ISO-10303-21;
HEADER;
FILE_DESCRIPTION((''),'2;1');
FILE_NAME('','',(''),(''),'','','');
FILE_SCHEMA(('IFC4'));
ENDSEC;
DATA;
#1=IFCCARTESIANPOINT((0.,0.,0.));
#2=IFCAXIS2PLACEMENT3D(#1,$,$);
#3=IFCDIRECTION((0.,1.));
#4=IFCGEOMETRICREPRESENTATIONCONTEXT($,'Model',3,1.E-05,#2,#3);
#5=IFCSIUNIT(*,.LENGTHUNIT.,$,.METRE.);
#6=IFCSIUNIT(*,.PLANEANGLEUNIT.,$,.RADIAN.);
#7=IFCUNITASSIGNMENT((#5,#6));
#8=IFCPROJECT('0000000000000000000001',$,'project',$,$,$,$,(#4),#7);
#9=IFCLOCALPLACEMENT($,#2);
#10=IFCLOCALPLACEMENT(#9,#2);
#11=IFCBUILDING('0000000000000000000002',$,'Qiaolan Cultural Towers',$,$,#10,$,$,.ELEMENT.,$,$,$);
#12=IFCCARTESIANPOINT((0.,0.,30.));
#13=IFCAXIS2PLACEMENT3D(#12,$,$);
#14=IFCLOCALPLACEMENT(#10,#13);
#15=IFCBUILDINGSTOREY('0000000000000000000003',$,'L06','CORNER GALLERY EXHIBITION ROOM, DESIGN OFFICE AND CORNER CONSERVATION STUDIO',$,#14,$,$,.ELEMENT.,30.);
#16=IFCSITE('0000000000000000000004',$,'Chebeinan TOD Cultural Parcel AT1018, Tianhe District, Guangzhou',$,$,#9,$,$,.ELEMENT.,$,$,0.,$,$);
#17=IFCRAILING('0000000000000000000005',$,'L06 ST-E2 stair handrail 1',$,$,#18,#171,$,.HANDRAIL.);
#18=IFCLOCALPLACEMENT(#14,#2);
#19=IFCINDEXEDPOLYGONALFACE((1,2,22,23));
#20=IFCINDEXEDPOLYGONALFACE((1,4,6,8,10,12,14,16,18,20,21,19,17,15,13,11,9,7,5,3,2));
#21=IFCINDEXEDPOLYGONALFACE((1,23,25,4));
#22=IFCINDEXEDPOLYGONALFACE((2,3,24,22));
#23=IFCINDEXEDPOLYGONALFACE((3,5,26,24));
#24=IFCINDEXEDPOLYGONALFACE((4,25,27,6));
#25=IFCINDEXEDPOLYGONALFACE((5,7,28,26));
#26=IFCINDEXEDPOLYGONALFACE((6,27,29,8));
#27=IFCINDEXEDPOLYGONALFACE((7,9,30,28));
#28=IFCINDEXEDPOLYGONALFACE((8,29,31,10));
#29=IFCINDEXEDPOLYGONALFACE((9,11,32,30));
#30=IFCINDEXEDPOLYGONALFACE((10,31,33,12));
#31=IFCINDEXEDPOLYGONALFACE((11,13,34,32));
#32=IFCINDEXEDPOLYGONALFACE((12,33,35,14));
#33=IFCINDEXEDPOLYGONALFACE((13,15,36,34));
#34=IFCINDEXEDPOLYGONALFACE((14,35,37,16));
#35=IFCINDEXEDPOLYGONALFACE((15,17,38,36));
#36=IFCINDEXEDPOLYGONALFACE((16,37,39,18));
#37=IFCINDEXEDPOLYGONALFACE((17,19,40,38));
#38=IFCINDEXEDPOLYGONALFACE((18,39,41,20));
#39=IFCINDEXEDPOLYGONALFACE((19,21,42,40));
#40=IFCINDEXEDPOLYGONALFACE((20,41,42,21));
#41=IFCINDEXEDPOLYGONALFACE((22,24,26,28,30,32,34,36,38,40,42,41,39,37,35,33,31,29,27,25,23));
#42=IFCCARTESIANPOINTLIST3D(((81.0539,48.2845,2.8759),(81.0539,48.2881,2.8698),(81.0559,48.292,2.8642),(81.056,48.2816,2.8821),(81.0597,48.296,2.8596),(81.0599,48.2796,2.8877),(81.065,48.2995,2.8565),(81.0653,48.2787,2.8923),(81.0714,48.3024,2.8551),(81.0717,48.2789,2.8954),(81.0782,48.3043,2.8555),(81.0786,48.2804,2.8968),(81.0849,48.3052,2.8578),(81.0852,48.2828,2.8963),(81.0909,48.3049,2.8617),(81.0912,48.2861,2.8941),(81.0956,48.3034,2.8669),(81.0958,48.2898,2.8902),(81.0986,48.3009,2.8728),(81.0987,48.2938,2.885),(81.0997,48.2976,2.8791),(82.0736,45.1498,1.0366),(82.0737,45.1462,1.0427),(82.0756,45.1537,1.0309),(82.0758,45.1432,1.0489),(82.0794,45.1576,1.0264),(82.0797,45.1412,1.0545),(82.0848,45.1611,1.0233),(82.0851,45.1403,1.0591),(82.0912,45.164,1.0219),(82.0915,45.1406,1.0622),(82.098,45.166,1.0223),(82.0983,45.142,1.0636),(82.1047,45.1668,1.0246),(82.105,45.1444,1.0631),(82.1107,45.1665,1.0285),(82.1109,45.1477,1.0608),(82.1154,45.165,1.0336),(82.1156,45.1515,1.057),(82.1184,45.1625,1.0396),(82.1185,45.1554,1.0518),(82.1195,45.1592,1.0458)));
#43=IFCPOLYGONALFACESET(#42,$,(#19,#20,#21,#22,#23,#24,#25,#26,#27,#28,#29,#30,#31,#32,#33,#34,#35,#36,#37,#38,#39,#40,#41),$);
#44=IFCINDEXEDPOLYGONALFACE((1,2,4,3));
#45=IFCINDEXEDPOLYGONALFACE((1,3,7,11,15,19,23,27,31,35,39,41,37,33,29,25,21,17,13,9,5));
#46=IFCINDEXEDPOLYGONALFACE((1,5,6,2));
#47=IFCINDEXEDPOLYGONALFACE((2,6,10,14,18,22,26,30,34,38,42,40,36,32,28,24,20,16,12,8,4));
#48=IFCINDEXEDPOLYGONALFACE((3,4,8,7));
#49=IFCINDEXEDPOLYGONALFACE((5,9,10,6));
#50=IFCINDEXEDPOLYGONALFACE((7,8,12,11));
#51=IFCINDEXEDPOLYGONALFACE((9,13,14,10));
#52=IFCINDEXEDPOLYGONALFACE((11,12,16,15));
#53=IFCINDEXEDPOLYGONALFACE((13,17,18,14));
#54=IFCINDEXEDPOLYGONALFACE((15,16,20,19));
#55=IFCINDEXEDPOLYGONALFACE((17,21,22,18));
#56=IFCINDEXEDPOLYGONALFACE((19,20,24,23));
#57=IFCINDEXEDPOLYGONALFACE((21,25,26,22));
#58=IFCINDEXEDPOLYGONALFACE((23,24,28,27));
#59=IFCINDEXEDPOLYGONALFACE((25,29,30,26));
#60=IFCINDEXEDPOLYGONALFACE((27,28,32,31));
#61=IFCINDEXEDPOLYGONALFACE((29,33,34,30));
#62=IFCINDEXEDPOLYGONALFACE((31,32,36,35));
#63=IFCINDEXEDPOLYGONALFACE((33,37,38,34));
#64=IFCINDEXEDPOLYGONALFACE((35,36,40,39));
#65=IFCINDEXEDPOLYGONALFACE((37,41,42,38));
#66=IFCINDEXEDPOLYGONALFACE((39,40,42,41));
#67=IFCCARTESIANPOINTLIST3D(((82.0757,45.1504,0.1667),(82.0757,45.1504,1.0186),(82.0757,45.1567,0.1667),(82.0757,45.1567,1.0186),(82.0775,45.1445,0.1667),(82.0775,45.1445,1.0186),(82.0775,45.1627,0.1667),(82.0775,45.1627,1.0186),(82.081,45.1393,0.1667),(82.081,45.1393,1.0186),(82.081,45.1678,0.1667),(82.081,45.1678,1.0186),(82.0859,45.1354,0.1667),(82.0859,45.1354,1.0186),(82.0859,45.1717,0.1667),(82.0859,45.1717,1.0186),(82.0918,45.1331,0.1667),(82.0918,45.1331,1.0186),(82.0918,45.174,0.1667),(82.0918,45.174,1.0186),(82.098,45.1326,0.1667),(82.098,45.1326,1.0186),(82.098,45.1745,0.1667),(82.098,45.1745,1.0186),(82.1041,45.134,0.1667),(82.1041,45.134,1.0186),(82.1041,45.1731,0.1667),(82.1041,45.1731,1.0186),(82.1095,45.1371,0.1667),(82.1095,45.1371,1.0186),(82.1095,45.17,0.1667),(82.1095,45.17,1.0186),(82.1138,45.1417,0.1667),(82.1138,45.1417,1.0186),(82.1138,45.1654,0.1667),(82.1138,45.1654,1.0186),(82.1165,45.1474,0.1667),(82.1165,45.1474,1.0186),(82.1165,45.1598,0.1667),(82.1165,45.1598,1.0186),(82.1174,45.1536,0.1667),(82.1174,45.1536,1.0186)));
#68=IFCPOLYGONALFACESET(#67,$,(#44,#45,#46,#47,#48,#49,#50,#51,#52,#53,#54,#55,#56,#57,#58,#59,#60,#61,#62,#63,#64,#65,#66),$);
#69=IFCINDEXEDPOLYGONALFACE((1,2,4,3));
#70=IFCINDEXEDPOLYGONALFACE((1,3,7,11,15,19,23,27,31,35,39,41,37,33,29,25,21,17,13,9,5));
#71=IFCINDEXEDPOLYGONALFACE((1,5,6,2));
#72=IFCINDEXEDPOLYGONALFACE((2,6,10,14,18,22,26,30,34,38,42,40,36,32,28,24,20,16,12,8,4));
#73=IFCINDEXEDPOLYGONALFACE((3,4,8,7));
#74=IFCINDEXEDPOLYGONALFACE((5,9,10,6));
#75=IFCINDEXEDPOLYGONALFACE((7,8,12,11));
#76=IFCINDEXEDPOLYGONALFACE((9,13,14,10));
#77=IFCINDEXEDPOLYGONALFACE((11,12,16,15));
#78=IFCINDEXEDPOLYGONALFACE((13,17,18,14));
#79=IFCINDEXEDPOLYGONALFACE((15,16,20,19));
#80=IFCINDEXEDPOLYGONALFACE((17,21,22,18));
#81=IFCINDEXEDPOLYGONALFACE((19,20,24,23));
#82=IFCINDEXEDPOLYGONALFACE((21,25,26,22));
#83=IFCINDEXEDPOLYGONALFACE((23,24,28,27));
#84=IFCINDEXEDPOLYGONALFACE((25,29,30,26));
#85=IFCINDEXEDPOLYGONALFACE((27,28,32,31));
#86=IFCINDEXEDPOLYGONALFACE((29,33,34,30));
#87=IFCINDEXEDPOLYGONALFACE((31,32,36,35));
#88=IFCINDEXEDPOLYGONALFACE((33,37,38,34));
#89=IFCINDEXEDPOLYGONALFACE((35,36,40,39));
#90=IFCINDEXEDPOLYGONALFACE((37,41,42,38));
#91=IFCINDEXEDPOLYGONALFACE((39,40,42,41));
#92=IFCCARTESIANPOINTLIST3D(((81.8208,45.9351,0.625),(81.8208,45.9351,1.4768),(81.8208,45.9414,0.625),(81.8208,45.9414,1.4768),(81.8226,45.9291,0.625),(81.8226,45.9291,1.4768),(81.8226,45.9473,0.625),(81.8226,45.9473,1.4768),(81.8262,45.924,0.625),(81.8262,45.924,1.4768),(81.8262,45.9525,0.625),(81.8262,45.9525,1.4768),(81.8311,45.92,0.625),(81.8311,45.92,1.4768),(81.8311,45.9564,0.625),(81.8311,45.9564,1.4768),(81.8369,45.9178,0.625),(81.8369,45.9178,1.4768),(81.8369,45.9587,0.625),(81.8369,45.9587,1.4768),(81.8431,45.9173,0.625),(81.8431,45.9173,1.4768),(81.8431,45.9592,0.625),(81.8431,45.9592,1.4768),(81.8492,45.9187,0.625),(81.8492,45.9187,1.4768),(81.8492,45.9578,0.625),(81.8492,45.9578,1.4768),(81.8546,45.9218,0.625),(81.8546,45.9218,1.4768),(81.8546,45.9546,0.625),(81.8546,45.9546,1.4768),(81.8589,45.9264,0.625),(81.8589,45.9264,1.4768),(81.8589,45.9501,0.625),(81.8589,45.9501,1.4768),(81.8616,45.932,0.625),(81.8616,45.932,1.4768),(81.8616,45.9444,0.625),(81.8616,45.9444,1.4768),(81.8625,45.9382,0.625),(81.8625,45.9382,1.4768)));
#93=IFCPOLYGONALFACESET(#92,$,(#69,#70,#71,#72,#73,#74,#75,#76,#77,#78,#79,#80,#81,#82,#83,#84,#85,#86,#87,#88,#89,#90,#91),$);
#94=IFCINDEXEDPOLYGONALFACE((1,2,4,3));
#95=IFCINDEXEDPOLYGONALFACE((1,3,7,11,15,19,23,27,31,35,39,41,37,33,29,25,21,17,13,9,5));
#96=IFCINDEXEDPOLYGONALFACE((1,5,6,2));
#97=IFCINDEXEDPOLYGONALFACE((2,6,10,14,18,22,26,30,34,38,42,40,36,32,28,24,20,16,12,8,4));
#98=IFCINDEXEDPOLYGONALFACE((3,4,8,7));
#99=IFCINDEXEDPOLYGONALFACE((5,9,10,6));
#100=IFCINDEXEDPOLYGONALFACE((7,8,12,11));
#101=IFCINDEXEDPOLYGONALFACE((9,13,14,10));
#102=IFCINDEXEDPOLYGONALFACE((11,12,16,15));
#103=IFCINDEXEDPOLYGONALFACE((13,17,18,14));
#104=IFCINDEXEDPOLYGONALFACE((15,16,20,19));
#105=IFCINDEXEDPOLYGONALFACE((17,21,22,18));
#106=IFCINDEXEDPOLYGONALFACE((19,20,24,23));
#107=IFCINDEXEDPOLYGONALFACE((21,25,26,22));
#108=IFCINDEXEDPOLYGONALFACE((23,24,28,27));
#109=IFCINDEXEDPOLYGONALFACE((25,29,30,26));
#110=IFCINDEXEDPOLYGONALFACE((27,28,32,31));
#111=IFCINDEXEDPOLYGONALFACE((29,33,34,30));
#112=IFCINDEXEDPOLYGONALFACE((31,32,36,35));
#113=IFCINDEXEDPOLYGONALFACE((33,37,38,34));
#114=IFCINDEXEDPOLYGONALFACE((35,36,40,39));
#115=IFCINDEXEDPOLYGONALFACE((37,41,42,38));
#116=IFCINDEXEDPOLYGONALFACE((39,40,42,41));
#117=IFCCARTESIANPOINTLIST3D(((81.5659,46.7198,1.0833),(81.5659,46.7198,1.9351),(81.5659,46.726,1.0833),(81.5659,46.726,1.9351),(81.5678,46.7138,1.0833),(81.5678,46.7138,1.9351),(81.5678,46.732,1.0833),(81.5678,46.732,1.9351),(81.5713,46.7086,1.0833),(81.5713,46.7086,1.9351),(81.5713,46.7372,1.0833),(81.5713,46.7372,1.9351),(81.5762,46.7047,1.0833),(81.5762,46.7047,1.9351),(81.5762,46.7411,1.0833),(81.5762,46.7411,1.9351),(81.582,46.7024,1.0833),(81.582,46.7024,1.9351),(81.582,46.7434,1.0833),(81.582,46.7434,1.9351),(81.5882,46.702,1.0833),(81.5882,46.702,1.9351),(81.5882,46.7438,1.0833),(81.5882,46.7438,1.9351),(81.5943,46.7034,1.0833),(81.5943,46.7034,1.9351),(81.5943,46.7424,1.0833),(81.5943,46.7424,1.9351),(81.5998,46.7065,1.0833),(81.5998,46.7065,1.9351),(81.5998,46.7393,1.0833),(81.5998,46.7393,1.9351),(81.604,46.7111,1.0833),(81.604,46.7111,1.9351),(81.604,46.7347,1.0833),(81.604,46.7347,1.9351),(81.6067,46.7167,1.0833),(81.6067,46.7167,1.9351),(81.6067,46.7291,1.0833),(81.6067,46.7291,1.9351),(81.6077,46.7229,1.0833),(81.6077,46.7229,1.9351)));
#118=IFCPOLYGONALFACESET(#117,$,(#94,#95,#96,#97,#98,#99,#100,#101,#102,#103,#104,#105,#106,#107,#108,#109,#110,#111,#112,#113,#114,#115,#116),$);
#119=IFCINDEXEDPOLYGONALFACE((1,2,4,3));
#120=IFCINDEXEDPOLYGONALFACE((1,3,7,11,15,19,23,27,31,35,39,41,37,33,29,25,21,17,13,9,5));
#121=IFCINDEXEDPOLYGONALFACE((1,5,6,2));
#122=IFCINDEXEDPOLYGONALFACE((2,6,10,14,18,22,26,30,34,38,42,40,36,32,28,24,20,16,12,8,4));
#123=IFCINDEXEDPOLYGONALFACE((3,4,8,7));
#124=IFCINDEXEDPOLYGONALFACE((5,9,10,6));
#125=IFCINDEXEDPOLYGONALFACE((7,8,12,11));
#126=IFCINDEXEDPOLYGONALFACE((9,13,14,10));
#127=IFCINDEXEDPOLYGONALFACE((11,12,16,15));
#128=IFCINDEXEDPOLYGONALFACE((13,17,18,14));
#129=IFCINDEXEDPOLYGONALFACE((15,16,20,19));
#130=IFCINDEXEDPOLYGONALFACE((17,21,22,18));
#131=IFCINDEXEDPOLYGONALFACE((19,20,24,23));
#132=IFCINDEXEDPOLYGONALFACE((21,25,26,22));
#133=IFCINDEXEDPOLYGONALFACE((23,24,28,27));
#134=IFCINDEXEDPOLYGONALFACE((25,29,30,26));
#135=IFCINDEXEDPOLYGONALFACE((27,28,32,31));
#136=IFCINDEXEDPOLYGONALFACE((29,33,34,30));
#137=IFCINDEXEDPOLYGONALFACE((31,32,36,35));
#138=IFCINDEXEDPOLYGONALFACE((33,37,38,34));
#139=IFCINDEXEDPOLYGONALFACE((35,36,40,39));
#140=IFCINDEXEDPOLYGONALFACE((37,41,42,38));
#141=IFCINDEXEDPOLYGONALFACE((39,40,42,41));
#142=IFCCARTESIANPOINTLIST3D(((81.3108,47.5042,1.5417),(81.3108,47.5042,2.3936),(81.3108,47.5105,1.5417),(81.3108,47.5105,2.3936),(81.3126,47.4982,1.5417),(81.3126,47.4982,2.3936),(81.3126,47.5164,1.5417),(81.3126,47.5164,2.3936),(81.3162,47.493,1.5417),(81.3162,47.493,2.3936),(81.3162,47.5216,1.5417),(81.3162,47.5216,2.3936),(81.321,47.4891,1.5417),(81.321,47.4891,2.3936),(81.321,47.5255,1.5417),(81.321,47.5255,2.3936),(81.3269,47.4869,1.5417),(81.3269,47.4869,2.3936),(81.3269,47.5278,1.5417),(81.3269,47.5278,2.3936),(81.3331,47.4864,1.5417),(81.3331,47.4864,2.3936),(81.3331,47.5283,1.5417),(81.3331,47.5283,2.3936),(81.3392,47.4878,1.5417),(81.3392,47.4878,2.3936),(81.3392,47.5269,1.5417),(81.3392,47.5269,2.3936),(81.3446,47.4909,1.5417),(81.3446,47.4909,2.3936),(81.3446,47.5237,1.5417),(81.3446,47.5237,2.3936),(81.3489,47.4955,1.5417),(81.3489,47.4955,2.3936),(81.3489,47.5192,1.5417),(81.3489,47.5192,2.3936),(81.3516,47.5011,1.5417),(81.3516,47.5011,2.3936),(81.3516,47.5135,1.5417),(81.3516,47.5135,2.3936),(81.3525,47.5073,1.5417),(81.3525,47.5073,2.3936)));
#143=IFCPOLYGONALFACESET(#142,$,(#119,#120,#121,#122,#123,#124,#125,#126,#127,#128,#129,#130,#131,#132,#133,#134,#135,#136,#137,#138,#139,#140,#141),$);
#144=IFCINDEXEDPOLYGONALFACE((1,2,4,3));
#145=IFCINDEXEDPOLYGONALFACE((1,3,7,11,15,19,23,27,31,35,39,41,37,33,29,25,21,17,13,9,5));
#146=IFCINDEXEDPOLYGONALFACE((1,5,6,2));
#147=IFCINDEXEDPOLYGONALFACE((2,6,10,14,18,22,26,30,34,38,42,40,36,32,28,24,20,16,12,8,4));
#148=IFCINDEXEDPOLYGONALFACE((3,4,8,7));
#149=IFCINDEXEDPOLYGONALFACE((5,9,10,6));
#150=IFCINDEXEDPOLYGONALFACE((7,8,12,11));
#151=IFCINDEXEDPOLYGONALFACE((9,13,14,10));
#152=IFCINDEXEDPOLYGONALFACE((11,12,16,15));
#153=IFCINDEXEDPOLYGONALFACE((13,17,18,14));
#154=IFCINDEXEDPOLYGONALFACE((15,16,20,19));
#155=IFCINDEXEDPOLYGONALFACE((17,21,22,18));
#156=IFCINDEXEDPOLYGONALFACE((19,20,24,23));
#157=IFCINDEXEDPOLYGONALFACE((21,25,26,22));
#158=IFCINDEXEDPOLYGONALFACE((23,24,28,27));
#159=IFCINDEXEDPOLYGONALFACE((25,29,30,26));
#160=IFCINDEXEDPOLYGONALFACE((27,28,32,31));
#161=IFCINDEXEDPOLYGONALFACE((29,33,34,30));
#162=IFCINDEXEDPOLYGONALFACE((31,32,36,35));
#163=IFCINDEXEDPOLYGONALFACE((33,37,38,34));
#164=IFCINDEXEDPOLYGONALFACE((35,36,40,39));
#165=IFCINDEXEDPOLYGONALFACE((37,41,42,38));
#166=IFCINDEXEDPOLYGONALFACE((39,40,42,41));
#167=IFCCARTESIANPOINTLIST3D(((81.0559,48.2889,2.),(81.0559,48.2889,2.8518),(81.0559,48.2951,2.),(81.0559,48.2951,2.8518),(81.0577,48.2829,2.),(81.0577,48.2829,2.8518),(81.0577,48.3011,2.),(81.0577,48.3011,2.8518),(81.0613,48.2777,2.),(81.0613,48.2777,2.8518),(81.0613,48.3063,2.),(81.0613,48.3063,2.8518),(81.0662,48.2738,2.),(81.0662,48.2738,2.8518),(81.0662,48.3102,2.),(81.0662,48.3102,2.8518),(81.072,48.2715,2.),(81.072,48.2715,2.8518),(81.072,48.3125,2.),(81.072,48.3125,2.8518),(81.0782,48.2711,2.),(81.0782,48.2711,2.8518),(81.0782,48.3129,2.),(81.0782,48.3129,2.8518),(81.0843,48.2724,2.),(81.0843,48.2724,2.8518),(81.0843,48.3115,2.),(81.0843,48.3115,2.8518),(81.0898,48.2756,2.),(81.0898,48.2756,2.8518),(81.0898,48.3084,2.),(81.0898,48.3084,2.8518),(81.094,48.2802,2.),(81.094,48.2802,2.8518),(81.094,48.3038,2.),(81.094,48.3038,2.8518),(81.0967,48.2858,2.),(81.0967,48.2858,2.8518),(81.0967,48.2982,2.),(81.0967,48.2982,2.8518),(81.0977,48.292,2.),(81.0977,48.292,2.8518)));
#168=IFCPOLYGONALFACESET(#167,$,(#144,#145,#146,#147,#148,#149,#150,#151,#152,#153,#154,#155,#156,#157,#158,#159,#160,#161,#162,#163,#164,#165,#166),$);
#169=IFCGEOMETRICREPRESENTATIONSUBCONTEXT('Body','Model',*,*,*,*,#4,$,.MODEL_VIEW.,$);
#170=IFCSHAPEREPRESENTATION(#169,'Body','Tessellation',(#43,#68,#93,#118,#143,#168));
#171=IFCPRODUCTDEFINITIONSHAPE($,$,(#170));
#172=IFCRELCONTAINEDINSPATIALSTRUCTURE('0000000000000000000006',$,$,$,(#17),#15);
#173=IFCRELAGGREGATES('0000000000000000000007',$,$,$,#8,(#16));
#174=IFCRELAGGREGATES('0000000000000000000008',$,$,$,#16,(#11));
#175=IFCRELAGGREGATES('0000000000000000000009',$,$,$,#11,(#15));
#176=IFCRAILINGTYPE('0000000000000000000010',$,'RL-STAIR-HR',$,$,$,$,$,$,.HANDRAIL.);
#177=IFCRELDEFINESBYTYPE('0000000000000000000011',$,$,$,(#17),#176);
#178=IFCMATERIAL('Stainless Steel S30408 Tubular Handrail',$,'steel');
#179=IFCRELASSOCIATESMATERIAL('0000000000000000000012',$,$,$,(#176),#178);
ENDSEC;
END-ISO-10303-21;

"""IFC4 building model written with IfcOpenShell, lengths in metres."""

from ifc_helpers import new_model, si_unit, direction, frame, origin, origin_2d, place, context, subcontext, project, spatial, circle, extrude, material, type_object, element, save


model = new_model("IFC4")

# Units and contexts
model_context = context("Model", 3, precision=1e-05, world=origin(), true_north=direction((0.0, 1.0)))
body_context = subcontext(model_context, "Body", "Model", "MODEL_VIEW")
ifc_project = project(units=[si_unit("LENGTHUNIT", "METRE"), si_unit("PLANEANGLEUNIT", "RADIAN")], contexts=[model_context])

# Site, building, storey
site_placement = place(None, origin())
site = spatial("IfcSite", under=ifc_project, at=site_placement, Name="Chebeinan TOD Cultural Parcel AT1018, Tianhe District, Guangzhou", CompositionType="ELEMENT", RefElevation=0.0)
building_placement = place(site_placement, origin())
building = spatial("IfcBuilding", under=site, at=building_placement, Name="Qiaolan Cultural Towers", CompositionType="ELEMENT")
storey_placement = place(building_placement, frame((0.0, 0.0, 30.0)))
storey = spatial("IfcBuildingStorey", under=building, at=storey_placement, Name="L06", Description="CORNER GALLERY EXHIBITION ROOM, DESIGN OFFICE AND CORNER CONSERVATION STUDIO", CompositionType="ELEMENT", Elevation=30.0)

# Railing
ifc_material_1 = material(Name="Stainless Steel S30408 Tubular Handrail", Category="steel")
railing_type_1 = type_object("IfcRailingType", Name="RL-STAIR-HR", PredefinedType="HANDRAIL", material=ifc_material_1)
railing_1_placement = place(storey_placement, frame((82.0964, 45.1536, 0.1667)))
element("IfcRailing", 1, at=railing_1_placement, inside=storey, type_object=railing_type_1, Name="L06 ST-E2 stair handrail 1", PredefinedType="HANDRAIL", context=body_context, shape_type="SweptSolid", body=[
    extrude(circle(Radius=0.0239, at=origin_2d()), frame((0.0, 0.0, 0.876), z_axis=(-0.270141, 0.831376, 0.485632), x_axis=(-0.951053, -0.309028, 0.0)), (0.0, 0.0, 1.0), 3.7749),
    extrude(circle(Radius=0.021, at=origin_2d()), origin(), (0.0, 0.0, 1.0), 0.8518),
    extrude(circle(Radius=0.021, at=origin_2d()), frame((-0.2549, 0.7847, 0.4583)), (0.0, 0.0, 1.0), 0.8518),
    extrude(circle(Radius=0.021, at=origin_2d()), frame((-0.5098, 1.5693, 0.9165)), (0.0, 0.0, 1.0), 0.8518),
    extrude(circle(Radius=0.021, at=origin_2d()), frame((-0.7649, 2.3538, 1.375)), (0.0, 0.0, 1.0), 0.8518),
    extrude(circle(Radius=0.021, at=origin_2d()), frame((-1.0198, 3.1384, 1.8333)), (0.0, 0.0, 1.0), 0.8518),
])

save(model, "model.ifc")
